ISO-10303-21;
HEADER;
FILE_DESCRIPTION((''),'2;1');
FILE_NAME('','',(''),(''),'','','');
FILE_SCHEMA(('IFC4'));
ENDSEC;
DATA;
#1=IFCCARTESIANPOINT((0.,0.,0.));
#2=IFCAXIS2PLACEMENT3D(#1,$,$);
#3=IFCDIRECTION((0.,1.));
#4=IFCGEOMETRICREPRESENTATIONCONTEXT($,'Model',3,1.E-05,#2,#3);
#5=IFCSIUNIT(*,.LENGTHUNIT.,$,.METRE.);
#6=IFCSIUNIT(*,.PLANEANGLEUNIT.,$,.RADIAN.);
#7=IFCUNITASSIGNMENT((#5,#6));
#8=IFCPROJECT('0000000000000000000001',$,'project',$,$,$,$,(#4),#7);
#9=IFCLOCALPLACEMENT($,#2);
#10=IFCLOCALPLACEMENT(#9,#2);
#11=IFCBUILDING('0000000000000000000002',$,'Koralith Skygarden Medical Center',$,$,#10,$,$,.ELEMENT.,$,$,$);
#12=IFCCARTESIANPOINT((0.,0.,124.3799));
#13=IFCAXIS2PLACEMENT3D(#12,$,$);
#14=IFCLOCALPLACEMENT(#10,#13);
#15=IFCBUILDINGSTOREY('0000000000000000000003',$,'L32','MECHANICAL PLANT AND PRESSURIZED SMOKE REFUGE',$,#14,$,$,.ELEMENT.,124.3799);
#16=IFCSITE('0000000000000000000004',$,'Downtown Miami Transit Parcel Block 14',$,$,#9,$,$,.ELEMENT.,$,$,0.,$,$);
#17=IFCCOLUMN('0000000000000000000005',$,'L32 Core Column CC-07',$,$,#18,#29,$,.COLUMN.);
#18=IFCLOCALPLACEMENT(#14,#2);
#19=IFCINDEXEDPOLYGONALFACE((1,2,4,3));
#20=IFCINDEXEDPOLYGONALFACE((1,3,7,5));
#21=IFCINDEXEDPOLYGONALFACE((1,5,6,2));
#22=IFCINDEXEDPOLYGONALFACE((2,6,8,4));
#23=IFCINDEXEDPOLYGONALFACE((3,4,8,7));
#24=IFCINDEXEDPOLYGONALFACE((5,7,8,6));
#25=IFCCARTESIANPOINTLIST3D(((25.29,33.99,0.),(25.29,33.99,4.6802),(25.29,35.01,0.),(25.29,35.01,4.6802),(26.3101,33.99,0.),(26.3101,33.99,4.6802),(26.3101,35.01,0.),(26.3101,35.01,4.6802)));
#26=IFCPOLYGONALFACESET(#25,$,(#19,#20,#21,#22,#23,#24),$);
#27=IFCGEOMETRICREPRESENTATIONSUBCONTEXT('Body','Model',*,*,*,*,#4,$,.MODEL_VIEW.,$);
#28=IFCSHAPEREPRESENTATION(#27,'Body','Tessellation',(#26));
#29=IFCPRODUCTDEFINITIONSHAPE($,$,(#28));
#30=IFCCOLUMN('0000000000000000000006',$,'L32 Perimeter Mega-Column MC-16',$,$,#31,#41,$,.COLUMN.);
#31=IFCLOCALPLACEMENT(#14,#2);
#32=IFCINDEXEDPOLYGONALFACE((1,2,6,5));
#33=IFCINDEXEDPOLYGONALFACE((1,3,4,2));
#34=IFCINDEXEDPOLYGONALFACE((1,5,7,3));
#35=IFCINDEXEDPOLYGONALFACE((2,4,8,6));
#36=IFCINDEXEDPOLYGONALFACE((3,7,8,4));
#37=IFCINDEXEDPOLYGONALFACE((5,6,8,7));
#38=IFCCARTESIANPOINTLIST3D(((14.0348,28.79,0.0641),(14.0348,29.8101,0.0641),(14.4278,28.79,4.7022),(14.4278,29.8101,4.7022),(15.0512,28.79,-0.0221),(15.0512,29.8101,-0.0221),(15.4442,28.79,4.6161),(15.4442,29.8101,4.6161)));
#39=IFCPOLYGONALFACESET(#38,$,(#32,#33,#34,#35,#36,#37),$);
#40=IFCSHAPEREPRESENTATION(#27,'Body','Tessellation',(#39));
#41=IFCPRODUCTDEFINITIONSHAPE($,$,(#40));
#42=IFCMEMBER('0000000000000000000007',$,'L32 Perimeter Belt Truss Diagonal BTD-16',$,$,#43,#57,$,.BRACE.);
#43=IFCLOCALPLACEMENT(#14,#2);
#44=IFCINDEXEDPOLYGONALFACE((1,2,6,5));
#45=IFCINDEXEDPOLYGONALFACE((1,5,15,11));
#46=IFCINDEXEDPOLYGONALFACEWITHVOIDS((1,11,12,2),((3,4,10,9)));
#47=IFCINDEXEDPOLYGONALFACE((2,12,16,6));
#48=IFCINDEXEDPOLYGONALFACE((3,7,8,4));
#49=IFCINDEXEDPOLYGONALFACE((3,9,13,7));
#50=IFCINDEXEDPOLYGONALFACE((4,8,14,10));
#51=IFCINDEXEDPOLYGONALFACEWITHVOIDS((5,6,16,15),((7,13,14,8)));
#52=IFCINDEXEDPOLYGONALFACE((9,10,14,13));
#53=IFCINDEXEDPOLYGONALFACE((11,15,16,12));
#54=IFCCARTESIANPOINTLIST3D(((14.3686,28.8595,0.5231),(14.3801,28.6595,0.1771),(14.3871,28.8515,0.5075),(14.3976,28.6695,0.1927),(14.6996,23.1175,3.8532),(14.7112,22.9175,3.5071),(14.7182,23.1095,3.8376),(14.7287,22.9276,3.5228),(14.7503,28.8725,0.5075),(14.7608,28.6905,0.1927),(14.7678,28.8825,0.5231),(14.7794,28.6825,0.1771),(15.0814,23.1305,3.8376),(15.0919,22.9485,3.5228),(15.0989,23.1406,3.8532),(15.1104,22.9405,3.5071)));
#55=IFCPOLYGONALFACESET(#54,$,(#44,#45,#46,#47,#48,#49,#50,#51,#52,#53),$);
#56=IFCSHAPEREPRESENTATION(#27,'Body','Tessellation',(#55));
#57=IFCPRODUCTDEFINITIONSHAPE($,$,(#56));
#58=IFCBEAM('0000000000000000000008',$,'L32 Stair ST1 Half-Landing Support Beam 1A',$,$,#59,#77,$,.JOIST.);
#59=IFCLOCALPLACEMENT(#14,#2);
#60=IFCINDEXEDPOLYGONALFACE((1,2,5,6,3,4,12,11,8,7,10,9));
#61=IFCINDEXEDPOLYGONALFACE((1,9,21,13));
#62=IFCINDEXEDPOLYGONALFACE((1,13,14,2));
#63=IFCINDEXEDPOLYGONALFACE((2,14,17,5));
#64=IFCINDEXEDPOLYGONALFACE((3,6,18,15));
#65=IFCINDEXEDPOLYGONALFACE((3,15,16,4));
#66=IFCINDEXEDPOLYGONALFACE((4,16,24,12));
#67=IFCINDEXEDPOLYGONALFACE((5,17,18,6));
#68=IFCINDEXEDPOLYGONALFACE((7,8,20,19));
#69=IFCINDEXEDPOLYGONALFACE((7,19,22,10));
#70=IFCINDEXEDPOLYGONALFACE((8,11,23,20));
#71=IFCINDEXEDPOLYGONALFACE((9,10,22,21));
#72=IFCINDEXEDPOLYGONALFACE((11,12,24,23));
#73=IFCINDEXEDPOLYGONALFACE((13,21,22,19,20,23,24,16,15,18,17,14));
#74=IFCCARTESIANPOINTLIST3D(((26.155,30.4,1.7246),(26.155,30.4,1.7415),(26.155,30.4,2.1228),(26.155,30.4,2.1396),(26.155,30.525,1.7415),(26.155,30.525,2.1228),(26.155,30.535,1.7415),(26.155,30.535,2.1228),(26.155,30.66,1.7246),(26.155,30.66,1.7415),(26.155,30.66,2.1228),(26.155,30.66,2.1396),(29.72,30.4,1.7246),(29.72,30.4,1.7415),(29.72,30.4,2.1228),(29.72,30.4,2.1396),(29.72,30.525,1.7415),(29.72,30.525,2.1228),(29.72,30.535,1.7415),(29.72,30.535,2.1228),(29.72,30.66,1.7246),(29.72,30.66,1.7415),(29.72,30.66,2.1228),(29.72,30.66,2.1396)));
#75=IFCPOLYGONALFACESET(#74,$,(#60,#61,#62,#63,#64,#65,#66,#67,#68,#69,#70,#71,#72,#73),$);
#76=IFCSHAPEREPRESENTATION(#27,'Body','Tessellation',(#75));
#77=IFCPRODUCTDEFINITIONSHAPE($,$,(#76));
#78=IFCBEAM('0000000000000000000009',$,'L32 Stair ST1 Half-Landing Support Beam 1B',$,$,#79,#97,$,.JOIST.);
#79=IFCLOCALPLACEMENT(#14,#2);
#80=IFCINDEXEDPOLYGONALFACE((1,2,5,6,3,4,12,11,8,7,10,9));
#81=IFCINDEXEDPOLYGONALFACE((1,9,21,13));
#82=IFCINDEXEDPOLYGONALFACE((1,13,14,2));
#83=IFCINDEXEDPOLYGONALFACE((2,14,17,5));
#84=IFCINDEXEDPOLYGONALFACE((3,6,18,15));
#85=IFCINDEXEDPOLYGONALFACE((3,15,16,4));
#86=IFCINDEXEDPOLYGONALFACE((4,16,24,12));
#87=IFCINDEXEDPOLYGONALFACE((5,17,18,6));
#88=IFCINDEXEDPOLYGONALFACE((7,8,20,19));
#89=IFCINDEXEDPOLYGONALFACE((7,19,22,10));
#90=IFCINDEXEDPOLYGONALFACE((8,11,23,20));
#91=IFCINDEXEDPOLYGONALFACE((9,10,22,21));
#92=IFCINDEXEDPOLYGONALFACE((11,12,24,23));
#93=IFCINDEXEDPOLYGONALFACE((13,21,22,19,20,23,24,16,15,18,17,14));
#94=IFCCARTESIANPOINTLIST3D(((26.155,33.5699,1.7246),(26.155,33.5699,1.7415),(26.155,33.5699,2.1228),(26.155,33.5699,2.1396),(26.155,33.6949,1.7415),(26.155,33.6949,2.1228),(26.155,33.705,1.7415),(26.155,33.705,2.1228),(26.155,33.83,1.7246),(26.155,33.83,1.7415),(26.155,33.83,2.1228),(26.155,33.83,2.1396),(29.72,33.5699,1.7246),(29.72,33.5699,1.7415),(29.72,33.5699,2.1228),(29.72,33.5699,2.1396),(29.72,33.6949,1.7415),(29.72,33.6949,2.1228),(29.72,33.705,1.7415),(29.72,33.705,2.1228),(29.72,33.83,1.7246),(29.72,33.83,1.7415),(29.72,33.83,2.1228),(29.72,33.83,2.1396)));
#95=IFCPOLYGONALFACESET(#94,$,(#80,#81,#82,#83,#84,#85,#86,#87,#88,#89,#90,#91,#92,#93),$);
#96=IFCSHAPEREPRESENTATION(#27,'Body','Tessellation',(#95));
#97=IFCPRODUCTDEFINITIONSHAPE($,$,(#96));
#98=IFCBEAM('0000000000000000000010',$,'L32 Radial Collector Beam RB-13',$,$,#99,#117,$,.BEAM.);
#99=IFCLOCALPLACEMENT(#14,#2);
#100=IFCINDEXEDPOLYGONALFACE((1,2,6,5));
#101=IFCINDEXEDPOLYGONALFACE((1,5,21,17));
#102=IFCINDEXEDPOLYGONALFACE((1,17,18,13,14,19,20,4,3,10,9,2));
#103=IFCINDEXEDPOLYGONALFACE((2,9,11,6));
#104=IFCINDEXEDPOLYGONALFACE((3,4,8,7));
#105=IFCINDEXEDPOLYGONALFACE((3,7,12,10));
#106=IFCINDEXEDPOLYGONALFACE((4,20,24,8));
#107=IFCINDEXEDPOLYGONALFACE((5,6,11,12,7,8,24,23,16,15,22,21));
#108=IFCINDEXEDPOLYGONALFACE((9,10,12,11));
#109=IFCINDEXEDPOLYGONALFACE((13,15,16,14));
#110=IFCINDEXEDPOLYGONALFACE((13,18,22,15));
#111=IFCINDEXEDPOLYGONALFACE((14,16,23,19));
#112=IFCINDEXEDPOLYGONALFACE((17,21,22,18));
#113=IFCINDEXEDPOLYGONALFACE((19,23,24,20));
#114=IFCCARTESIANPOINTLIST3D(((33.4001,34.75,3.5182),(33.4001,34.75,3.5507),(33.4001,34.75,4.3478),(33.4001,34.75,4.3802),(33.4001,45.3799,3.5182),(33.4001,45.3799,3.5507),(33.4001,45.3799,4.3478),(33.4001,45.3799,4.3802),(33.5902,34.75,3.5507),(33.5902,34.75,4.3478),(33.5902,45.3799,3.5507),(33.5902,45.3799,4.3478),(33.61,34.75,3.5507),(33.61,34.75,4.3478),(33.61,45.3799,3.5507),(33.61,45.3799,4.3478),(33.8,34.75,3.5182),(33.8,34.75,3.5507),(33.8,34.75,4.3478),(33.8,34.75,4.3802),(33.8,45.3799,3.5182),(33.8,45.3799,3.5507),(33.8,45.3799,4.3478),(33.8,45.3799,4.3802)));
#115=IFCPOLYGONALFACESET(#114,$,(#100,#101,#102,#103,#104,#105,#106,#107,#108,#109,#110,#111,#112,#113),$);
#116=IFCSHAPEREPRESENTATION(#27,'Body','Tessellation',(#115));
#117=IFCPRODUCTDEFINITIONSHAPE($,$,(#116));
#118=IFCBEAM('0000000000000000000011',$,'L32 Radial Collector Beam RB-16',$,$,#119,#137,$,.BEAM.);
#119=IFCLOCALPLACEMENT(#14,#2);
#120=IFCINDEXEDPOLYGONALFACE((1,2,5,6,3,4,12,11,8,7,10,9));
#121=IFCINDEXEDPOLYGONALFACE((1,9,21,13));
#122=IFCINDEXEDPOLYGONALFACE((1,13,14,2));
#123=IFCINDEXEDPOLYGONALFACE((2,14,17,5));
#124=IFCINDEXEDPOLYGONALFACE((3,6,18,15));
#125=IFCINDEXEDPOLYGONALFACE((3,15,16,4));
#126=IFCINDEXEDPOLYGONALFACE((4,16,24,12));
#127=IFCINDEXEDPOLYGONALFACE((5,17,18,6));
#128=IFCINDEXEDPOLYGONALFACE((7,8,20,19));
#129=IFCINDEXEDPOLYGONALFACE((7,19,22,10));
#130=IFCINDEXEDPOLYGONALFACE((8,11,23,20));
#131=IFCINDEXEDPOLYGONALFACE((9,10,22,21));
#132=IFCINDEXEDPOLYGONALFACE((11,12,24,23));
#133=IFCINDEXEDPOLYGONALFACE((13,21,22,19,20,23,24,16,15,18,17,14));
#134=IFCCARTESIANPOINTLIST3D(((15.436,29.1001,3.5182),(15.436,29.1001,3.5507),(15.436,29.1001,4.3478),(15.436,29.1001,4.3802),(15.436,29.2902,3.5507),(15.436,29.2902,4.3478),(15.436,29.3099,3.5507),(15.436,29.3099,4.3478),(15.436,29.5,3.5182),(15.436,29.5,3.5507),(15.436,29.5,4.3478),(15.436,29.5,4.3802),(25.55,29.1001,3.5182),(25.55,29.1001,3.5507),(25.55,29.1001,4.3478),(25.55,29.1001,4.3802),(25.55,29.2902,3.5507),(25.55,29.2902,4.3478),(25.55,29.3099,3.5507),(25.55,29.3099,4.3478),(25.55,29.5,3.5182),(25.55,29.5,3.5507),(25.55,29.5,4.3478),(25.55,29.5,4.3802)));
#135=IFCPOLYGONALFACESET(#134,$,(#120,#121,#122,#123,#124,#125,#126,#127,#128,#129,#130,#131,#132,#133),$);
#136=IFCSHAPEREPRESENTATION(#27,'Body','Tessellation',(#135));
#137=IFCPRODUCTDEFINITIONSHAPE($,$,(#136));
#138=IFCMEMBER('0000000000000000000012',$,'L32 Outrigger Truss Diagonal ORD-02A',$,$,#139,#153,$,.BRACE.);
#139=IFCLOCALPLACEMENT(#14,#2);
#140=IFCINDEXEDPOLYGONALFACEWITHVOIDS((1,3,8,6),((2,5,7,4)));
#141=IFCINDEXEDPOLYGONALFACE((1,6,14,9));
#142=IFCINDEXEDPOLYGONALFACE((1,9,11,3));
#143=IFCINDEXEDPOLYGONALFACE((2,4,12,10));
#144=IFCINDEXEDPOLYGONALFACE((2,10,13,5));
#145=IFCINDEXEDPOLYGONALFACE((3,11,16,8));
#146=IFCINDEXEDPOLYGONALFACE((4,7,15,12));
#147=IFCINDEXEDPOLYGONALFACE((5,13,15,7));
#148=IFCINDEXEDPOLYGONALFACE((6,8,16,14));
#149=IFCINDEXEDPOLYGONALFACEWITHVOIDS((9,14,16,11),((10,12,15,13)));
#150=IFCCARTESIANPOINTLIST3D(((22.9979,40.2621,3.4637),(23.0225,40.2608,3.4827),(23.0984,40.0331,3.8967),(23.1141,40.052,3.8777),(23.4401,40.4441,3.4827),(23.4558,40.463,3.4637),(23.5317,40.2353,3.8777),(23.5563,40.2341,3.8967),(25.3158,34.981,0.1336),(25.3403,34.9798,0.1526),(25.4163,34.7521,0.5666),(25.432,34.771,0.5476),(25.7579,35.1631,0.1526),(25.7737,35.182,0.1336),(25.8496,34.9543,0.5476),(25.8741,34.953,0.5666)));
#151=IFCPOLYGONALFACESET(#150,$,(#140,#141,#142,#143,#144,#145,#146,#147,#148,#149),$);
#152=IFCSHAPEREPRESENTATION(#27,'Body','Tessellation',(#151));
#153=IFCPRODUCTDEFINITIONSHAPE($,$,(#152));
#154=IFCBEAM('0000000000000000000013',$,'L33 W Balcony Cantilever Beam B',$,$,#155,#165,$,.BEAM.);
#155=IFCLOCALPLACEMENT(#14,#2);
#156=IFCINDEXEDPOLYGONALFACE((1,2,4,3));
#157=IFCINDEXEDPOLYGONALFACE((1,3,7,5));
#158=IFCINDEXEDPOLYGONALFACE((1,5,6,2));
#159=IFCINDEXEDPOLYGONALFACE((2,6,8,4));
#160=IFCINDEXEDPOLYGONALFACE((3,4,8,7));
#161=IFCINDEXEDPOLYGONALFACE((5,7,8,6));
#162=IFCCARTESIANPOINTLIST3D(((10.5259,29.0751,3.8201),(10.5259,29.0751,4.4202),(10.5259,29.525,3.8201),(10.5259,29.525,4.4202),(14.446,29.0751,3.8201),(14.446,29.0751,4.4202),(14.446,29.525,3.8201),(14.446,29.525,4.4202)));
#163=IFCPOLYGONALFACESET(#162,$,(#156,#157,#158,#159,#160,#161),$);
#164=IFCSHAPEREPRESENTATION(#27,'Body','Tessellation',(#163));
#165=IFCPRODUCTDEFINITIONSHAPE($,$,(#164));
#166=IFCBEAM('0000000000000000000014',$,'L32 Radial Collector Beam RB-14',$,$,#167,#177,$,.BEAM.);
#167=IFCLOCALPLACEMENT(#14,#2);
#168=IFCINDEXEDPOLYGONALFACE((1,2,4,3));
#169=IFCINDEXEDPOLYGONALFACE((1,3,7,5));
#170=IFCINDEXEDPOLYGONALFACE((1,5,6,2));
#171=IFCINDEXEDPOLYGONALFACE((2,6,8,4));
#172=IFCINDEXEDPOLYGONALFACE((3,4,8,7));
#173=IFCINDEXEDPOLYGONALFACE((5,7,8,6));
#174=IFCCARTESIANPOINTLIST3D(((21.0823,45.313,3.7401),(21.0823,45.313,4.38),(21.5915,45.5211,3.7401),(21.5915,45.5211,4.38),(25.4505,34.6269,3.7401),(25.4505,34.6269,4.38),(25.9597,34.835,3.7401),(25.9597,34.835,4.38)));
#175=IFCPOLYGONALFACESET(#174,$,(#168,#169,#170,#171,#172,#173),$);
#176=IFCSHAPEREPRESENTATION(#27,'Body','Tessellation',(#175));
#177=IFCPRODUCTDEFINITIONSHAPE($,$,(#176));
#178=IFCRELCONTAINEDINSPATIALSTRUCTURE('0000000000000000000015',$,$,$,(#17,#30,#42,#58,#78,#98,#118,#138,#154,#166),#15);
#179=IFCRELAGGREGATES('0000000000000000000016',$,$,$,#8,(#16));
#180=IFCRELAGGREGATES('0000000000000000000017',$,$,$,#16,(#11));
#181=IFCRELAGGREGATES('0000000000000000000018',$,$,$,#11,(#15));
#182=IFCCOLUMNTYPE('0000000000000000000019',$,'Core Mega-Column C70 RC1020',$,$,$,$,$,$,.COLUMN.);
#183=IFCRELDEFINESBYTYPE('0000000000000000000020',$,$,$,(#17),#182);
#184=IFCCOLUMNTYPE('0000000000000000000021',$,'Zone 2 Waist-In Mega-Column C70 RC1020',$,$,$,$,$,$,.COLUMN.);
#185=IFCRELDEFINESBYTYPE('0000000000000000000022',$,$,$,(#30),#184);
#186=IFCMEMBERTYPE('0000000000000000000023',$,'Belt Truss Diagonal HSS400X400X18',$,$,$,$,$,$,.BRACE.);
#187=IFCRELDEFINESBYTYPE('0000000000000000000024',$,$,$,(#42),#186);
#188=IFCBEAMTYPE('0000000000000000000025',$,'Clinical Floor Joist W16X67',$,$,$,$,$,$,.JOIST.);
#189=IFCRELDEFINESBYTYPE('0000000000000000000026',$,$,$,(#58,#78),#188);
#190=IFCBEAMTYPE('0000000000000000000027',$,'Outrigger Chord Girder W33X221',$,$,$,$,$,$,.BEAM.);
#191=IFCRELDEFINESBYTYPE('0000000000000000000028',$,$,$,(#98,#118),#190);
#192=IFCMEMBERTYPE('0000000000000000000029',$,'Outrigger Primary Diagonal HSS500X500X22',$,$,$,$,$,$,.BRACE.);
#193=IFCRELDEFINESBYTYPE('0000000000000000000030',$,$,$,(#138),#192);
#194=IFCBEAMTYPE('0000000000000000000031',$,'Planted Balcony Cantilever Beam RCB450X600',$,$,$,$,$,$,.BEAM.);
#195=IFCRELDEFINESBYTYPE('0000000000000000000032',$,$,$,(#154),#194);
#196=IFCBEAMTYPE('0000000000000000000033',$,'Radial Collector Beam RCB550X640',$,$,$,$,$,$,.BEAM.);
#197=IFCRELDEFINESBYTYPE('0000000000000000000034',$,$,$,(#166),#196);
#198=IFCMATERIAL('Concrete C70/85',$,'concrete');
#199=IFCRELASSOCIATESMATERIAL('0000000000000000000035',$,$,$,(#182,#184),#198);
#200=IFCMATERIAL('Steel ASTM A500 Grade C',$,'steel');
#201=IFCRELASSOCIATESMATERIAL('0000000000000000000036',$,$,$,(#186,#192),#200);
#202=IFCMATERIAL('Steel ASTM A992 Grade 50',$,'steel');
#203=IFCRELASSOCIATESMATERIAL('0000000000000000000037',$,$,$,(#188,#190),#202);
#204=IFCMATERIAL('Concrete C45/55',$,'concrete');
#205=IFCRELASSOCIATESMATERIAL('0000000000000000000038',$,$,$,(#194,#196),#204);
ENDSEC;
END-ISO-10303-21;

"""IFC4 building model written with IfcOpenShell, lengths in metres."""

from ifc_helpers import new_model, si_unit, direction, frame, origin, origin_2d, place, context, subcontext, project, spatial, rectangle, hollow_rectangle, i_section, extrude, material, material_profile, profile_set, type_object, element, save


model = new_model("IFC4")

# Units and contexts
model_context = context("Model", 3, precision=1e-05, world=origin(), true_north=direction((0.0, 1.0)))
body_context = subcontext(model_context, "Body", "Model", "MODEL_VIEW")
ifc_project = project(units=[si_unit("LENGTHUNIT", "METRE"), si_unit("PLANEANGLEUNIT", "RADIAN")], contexts=[model_context])

# Site, building, storey
site_placement = place(None, origin())
site = spatial("IfcSite", under=ifc_project, at=site_placement, Name="Downtown Miami Transit Parcel Block 14", CompositionType="ELEMENT", RefElevation=0.0)
building_placement = place(site_placement, origin())
building = spatial("IfcBuilding", under=site, at=building_placement, Name="Koralith Skygarden Medical Center", CompositionType="ELEMENT")
storey_placement = place(building_placement, frame((0.0, 0.0, 124.3799)))
storey = spatial("IfcBuildingStorey", under=building, at=storey_placement, Name="L32", Description="MECHANICAL PLANT AND PRESSURIZED SMOKE REFUGE", CompositionType="ELEMENT", Elevation=124.3799)

# Columns
ifc_material_1 = material(Name="Concrete C70/85", Category="concrete")
ifc_material_profile_1 = material_profile(ifc_material_1, rectangle(XDim=1.02, YDim=1.02, at=origin_2d()), Name="RC1020X1020")
ifc_profile_set_1 = profile_set([ifc_material_profile_1], Name="Concrete C70/85")
column_type_1 = type_object("IfcColumnType", Name="Core Mega-Column C70 RC1020", PredefinedType="COLUMN", material=ifc_profile_set_1)
column_1_placement = place(storey_placement, frame((25.8, 34.5, 0.0), z_axis=(0.0, 0.0, 1.0), x_axis=(1.0, 0.0, 0.0)))
element("IfcColumn", 1, at=column_1_placement, inside=storey, type_object=column_type_1, Name="L32 Core Column CC-07", PredefinedType="COLUMN", context=body_context, shape_type="SweptSolid", body=[
    extrude(rectangle(XDim=1.02, YDim=1.02, at=origin_2d()), origin(), (0.0, 0.0, 1.0), 4.6802),
])
ifc_material_profile_2 = material_profile(ifc_material_1, rectangle(XDim=1.02, YDim=1.02, at=origin_2d()), Name="RC1020X1020")
ifc_profile_set_2 = profile_set([ifc_material_profile_2], Name="Concrete C70/85")
column_type_2 = type_object("IfcColumnType", Name="Zone 2 Waist-In Mega-Column C70 RC1020", PredefinedType="COLUMN", material=ifc_profile_set_2)
column_2_placement = place(storey_placement, frame((14.543, 29.3, 0.021), z_axis=(0.084443, 0.0, 0.996428), x_axis=(0.0, 1.0, 0.0)))
element("IfcColumn", 2, at=column_2_placement, inside=storey, type_object=column_type_2, Name="L32 Perimeter Mega-Column MC-16", PredefinedType="COLUMN", context=body_context, shape_type="SweptSolid", body=[
    extrude(rectangle(XDim=1.02, YDim=1.02, at=origin_2d()), origin(), (0.0, 0.0, 1.0), 4.6548),
])

# Member
ifc_material_2 = material(Name="Steel ASTM A500 Grade C", Category="steel")
ifc_material_profile_3 = material_profile(ifc_material_2, hollow_rectangle(XDim=0.3999, YDim=0.3999, WallThickness=0.0181, at=origin_2d()), Name="HSS400X400X18")
ifc_profile_set_3 = profile_set([ifc_material_profile_3], Name="Steel ASTM A500 Grade C")
member_type_1 = type_object("IfcMemberType", Name="Belt Truss Diagonal HSS400X400X18", PredefinedType="BRACE", material=ifc_profile_set_3)
member_1_placement = place(storey_placement, frame((14.574, 28.771, 0.3501), z_axis=(0.049813, -0.863974, 0.501067), x_axis=(0.998342, 0.05756, 0.0)))
element("IfcMember", 3, at=member_1_placement, inside=storey, type_object=member_type_1, Name="L32 Perimeter Belt Truss Diagonal BTD-16", PredefinedType="BRACE", context=body_context, shape_type="SweptSolid", body=[
    extrude(hollow_rectangle(XDim=0.3999, YDim=0.3999, WallThickness=0.0181, at=origin_2d()), origin(), (0.0, 0.0, 1.0), 6.646),
])

# Beams
ifc_material_3 = material(Name="Steel ASTM A992 Grade 50", Category="steel")
ifc_material_profile_4 = material_profile(ifc_material_3, i_section(OverallWidth=0.26, OverallDepth=0.415, WebThickness=0.01, FlangeThickness=0.0168, at=origin_2d()), Name="W16X67")
ifc_profile_set_4 = profile_set([ifc_material_profile_4], Name="Steel ASTM A992 Grade 50")
beam_type_1 = type_object("IfcBeamType", Name="Clinical Floor Joist W16X67", PredefinedType="JOIST", material=ifc_profile_set_4)
for number, where, z_axis, x_axis, name in (
    (4, (26.155, 30.53, 1.9321), (1.0, 0.0, 0.0), (0.0, 1.0, 0.0), "L32 Stair ST1 Half-Landing Support Beam 1A"),
    (5, (26.155, 33.7, 1.9321), (1.0, 0.0, 0.0), (0.0, 1.0, 0.0), "L32 Stair ST1 Half-Landing Support Beam 1B"),
):
    element("IfcBeam", number, at=place(storey_placement, frame(where, z_axis=z_axis, x_axis=x_axis)), inside=storey, type_object=beam_type_1, Name=name, PredefinedType="JOIST", context=body_context, shape_type="SweptSolid", body=[
        extrude(i_section(OverallWidth=0.26, OverallDepth=0.415, WebThickness=0.01, FlangeThickness=0.0168, at=origin_2d()), origin(), (0.0, 0.0, 1.0), 3.5649),
    ])
ifc_material_profile_5 = material_profile(ifc_material_3, i_section(OverallWidth=0.3999, OverallDepth=0.8621, WebThickness=0.0198, FlangeThickness=0.0325, at=origin_2d()), Name="W33X221")
ifc_profile_set_5 = profile_set([ifc_material_profile_5], Name="Steel ASTM A992 Grade 50")
beam_type_2 = type_object("IfcBeamType", Name="Outrigger Chord Girder W33X221", PredefinedType="BEAM", material=ifc_profile_set_5)
beam_1_placement = place(storey_placement, frame((33.6001, 34.75, 3.9492), z_axis=(0.0, 1.0, 0.0), x_axis=(-1.0, 0.0, 0.0)))
element("IfcBeam", 6, at=beam_1_placement, inside=storey, type_object=beam_type_2, Name="L32 Radial Collector Beam RB-13", PredefinedType="BEAM", context=body_context, shape_type="SweptSolid", body=[
    extrude(i_section(OverallWidth=0.3999, OverallDepth=0.8621, WebThickness=0.0198, FlangeThickness=0.0325, at=origin_2d()), origin(), (0.0, 0.0, 1.0), 10.6299),
])
beam_2_placement = place(storey_placement, frame((25.55, 29.3, 3.9492), z_axis=(-1.0, 0.0, 0.0), x_axis=(0.0, -1.0, 0.0)))
element("IfcBeam", 7, at=beam_2_placement, inside=storey, type_object=beam_type_2, Name="L32 Radial Collector Beam RB-16", PredefinedType="BEAM", context=body_context, shape_type="SweptSolid", body=[
    extrude(i_section(OverallWidth=0.3999, OverallDepth=0.8621, WebThickness=0.0198, FlangeThickness=0.0325, at=origin_2d()), origin(), (0.0, 0.0, 1.0), 10.114),
])

# Member
ifc_material_profile_6 = material_profile(ifc_material_2, hollow_rectangle(XDim=0.5, YDim=0.5, WallThickness=0.022, at=origin_2d()), Name="HSS500X500X22")
ifc_profile_set_6 = profile_set([ifc_material_profile_6], Name="Steel ASTM A500 Grade C")
member_type_2 = type_object("IfcMemberType", Name="Outrigger Primary Diagonal HSS500X500X22", PredefinedType="BRACE", material=ifc_profile_set_6)
member_2_placement = place(storey_placement, frame((25.595, 34.967, 0.3501), z_axis=(-0.348047, 0.792985, 0.500038), x_axis=(-0.915684, -0.4019, 0.0)))
element("IfcMember", 8, at=member_2_placement, inside=storey, type_object=member_type_2, Name="L32 Outrigger Truss Diagonal ORD-02A", PredefinedType="BRACE", context=body_context, shape_type="SweptSolid", body=[
    extrude(hollow_rectangle(XDim=0.5, YDim=0.5, WallThickness=0.022, at=origin_2d()), origin(), (0.0, 0.0, 1.0), 6.6597),
])

# Beams
ifc_material_4 = material(Name="Concrete C45/55", Category="concrete")
ifc_material_profile_7 = material_profile(ifc_material_4, rectangle(XDim=0.45, YDim=0.6001, at=origin_2d()), Name="RCB450X600")
ifc_profile_set_7 = profile_set([ifc_material_profile_7], Name="Concrete C45/55")
beam_type_3 = type_object("IfcBeamType", Name="Planted Balcony Cantilever Beam RCB450X600", PredefinedType="BEAM", material=ifc_profile_set_7)
beam_3_placement = place(storey_placement, frame((14.446, 29.3, 4.1201), z_axis=(-1.0, 0.0, 0.0), x_axis=(0.0, -1.0, 0.0)))
element("IfcBeam", 9, at=beam_3_placement, inside=storey, type_object=beam_type_3, Name="L33 W Balcony Cantilever Beam B", PredefinedType="BEAM", context=body_context, shape_type="SweptSolid", body=[
    extrude(rectangle(XDim=0.45, YDim=0.6001, at=origin_2d()), origin(), (0.0, 0.0, 1.0), 3.9202),
])
ifc_material_profile_8 = material_profile(ifc_material_4, rectangle(XDim=0.55, YDim=0.6399, at=origin_2d()), Name="RCB550X640")
ifc_profile_set_8 = profile_set([ifc_material_profile_8], Name="Concrete C45/55")
beam_type_4 = type_object("IfcBeamType", Name="Radial Collector Beam RCB550X640", PredefinedType="BEAM", material=ifc_profile_set_8)
beam_4_placement = place(storey_placement, frame((25.7051, 34.731, 4.0601), z_axis=(-0.378381, 0.92565, 0.0), x_axis=(-0.92565, -0.378381, 0.0)))
element("IfcBeam", 10, at=beam_4_placement, inside=storey, type_object=beam_type_4, Name="L32 Radial Collector Beam RB-14", PredefinedType="BEAM", context=body_context, shape_type="SweptSolid", body=[
    extrude(rectangle(XDim=0.55, YDim=0.6399, at=origin_2d()), origin(), (0.0, 0.0, 1.0), 11.5444),
])

save(model, "model.ifc")
